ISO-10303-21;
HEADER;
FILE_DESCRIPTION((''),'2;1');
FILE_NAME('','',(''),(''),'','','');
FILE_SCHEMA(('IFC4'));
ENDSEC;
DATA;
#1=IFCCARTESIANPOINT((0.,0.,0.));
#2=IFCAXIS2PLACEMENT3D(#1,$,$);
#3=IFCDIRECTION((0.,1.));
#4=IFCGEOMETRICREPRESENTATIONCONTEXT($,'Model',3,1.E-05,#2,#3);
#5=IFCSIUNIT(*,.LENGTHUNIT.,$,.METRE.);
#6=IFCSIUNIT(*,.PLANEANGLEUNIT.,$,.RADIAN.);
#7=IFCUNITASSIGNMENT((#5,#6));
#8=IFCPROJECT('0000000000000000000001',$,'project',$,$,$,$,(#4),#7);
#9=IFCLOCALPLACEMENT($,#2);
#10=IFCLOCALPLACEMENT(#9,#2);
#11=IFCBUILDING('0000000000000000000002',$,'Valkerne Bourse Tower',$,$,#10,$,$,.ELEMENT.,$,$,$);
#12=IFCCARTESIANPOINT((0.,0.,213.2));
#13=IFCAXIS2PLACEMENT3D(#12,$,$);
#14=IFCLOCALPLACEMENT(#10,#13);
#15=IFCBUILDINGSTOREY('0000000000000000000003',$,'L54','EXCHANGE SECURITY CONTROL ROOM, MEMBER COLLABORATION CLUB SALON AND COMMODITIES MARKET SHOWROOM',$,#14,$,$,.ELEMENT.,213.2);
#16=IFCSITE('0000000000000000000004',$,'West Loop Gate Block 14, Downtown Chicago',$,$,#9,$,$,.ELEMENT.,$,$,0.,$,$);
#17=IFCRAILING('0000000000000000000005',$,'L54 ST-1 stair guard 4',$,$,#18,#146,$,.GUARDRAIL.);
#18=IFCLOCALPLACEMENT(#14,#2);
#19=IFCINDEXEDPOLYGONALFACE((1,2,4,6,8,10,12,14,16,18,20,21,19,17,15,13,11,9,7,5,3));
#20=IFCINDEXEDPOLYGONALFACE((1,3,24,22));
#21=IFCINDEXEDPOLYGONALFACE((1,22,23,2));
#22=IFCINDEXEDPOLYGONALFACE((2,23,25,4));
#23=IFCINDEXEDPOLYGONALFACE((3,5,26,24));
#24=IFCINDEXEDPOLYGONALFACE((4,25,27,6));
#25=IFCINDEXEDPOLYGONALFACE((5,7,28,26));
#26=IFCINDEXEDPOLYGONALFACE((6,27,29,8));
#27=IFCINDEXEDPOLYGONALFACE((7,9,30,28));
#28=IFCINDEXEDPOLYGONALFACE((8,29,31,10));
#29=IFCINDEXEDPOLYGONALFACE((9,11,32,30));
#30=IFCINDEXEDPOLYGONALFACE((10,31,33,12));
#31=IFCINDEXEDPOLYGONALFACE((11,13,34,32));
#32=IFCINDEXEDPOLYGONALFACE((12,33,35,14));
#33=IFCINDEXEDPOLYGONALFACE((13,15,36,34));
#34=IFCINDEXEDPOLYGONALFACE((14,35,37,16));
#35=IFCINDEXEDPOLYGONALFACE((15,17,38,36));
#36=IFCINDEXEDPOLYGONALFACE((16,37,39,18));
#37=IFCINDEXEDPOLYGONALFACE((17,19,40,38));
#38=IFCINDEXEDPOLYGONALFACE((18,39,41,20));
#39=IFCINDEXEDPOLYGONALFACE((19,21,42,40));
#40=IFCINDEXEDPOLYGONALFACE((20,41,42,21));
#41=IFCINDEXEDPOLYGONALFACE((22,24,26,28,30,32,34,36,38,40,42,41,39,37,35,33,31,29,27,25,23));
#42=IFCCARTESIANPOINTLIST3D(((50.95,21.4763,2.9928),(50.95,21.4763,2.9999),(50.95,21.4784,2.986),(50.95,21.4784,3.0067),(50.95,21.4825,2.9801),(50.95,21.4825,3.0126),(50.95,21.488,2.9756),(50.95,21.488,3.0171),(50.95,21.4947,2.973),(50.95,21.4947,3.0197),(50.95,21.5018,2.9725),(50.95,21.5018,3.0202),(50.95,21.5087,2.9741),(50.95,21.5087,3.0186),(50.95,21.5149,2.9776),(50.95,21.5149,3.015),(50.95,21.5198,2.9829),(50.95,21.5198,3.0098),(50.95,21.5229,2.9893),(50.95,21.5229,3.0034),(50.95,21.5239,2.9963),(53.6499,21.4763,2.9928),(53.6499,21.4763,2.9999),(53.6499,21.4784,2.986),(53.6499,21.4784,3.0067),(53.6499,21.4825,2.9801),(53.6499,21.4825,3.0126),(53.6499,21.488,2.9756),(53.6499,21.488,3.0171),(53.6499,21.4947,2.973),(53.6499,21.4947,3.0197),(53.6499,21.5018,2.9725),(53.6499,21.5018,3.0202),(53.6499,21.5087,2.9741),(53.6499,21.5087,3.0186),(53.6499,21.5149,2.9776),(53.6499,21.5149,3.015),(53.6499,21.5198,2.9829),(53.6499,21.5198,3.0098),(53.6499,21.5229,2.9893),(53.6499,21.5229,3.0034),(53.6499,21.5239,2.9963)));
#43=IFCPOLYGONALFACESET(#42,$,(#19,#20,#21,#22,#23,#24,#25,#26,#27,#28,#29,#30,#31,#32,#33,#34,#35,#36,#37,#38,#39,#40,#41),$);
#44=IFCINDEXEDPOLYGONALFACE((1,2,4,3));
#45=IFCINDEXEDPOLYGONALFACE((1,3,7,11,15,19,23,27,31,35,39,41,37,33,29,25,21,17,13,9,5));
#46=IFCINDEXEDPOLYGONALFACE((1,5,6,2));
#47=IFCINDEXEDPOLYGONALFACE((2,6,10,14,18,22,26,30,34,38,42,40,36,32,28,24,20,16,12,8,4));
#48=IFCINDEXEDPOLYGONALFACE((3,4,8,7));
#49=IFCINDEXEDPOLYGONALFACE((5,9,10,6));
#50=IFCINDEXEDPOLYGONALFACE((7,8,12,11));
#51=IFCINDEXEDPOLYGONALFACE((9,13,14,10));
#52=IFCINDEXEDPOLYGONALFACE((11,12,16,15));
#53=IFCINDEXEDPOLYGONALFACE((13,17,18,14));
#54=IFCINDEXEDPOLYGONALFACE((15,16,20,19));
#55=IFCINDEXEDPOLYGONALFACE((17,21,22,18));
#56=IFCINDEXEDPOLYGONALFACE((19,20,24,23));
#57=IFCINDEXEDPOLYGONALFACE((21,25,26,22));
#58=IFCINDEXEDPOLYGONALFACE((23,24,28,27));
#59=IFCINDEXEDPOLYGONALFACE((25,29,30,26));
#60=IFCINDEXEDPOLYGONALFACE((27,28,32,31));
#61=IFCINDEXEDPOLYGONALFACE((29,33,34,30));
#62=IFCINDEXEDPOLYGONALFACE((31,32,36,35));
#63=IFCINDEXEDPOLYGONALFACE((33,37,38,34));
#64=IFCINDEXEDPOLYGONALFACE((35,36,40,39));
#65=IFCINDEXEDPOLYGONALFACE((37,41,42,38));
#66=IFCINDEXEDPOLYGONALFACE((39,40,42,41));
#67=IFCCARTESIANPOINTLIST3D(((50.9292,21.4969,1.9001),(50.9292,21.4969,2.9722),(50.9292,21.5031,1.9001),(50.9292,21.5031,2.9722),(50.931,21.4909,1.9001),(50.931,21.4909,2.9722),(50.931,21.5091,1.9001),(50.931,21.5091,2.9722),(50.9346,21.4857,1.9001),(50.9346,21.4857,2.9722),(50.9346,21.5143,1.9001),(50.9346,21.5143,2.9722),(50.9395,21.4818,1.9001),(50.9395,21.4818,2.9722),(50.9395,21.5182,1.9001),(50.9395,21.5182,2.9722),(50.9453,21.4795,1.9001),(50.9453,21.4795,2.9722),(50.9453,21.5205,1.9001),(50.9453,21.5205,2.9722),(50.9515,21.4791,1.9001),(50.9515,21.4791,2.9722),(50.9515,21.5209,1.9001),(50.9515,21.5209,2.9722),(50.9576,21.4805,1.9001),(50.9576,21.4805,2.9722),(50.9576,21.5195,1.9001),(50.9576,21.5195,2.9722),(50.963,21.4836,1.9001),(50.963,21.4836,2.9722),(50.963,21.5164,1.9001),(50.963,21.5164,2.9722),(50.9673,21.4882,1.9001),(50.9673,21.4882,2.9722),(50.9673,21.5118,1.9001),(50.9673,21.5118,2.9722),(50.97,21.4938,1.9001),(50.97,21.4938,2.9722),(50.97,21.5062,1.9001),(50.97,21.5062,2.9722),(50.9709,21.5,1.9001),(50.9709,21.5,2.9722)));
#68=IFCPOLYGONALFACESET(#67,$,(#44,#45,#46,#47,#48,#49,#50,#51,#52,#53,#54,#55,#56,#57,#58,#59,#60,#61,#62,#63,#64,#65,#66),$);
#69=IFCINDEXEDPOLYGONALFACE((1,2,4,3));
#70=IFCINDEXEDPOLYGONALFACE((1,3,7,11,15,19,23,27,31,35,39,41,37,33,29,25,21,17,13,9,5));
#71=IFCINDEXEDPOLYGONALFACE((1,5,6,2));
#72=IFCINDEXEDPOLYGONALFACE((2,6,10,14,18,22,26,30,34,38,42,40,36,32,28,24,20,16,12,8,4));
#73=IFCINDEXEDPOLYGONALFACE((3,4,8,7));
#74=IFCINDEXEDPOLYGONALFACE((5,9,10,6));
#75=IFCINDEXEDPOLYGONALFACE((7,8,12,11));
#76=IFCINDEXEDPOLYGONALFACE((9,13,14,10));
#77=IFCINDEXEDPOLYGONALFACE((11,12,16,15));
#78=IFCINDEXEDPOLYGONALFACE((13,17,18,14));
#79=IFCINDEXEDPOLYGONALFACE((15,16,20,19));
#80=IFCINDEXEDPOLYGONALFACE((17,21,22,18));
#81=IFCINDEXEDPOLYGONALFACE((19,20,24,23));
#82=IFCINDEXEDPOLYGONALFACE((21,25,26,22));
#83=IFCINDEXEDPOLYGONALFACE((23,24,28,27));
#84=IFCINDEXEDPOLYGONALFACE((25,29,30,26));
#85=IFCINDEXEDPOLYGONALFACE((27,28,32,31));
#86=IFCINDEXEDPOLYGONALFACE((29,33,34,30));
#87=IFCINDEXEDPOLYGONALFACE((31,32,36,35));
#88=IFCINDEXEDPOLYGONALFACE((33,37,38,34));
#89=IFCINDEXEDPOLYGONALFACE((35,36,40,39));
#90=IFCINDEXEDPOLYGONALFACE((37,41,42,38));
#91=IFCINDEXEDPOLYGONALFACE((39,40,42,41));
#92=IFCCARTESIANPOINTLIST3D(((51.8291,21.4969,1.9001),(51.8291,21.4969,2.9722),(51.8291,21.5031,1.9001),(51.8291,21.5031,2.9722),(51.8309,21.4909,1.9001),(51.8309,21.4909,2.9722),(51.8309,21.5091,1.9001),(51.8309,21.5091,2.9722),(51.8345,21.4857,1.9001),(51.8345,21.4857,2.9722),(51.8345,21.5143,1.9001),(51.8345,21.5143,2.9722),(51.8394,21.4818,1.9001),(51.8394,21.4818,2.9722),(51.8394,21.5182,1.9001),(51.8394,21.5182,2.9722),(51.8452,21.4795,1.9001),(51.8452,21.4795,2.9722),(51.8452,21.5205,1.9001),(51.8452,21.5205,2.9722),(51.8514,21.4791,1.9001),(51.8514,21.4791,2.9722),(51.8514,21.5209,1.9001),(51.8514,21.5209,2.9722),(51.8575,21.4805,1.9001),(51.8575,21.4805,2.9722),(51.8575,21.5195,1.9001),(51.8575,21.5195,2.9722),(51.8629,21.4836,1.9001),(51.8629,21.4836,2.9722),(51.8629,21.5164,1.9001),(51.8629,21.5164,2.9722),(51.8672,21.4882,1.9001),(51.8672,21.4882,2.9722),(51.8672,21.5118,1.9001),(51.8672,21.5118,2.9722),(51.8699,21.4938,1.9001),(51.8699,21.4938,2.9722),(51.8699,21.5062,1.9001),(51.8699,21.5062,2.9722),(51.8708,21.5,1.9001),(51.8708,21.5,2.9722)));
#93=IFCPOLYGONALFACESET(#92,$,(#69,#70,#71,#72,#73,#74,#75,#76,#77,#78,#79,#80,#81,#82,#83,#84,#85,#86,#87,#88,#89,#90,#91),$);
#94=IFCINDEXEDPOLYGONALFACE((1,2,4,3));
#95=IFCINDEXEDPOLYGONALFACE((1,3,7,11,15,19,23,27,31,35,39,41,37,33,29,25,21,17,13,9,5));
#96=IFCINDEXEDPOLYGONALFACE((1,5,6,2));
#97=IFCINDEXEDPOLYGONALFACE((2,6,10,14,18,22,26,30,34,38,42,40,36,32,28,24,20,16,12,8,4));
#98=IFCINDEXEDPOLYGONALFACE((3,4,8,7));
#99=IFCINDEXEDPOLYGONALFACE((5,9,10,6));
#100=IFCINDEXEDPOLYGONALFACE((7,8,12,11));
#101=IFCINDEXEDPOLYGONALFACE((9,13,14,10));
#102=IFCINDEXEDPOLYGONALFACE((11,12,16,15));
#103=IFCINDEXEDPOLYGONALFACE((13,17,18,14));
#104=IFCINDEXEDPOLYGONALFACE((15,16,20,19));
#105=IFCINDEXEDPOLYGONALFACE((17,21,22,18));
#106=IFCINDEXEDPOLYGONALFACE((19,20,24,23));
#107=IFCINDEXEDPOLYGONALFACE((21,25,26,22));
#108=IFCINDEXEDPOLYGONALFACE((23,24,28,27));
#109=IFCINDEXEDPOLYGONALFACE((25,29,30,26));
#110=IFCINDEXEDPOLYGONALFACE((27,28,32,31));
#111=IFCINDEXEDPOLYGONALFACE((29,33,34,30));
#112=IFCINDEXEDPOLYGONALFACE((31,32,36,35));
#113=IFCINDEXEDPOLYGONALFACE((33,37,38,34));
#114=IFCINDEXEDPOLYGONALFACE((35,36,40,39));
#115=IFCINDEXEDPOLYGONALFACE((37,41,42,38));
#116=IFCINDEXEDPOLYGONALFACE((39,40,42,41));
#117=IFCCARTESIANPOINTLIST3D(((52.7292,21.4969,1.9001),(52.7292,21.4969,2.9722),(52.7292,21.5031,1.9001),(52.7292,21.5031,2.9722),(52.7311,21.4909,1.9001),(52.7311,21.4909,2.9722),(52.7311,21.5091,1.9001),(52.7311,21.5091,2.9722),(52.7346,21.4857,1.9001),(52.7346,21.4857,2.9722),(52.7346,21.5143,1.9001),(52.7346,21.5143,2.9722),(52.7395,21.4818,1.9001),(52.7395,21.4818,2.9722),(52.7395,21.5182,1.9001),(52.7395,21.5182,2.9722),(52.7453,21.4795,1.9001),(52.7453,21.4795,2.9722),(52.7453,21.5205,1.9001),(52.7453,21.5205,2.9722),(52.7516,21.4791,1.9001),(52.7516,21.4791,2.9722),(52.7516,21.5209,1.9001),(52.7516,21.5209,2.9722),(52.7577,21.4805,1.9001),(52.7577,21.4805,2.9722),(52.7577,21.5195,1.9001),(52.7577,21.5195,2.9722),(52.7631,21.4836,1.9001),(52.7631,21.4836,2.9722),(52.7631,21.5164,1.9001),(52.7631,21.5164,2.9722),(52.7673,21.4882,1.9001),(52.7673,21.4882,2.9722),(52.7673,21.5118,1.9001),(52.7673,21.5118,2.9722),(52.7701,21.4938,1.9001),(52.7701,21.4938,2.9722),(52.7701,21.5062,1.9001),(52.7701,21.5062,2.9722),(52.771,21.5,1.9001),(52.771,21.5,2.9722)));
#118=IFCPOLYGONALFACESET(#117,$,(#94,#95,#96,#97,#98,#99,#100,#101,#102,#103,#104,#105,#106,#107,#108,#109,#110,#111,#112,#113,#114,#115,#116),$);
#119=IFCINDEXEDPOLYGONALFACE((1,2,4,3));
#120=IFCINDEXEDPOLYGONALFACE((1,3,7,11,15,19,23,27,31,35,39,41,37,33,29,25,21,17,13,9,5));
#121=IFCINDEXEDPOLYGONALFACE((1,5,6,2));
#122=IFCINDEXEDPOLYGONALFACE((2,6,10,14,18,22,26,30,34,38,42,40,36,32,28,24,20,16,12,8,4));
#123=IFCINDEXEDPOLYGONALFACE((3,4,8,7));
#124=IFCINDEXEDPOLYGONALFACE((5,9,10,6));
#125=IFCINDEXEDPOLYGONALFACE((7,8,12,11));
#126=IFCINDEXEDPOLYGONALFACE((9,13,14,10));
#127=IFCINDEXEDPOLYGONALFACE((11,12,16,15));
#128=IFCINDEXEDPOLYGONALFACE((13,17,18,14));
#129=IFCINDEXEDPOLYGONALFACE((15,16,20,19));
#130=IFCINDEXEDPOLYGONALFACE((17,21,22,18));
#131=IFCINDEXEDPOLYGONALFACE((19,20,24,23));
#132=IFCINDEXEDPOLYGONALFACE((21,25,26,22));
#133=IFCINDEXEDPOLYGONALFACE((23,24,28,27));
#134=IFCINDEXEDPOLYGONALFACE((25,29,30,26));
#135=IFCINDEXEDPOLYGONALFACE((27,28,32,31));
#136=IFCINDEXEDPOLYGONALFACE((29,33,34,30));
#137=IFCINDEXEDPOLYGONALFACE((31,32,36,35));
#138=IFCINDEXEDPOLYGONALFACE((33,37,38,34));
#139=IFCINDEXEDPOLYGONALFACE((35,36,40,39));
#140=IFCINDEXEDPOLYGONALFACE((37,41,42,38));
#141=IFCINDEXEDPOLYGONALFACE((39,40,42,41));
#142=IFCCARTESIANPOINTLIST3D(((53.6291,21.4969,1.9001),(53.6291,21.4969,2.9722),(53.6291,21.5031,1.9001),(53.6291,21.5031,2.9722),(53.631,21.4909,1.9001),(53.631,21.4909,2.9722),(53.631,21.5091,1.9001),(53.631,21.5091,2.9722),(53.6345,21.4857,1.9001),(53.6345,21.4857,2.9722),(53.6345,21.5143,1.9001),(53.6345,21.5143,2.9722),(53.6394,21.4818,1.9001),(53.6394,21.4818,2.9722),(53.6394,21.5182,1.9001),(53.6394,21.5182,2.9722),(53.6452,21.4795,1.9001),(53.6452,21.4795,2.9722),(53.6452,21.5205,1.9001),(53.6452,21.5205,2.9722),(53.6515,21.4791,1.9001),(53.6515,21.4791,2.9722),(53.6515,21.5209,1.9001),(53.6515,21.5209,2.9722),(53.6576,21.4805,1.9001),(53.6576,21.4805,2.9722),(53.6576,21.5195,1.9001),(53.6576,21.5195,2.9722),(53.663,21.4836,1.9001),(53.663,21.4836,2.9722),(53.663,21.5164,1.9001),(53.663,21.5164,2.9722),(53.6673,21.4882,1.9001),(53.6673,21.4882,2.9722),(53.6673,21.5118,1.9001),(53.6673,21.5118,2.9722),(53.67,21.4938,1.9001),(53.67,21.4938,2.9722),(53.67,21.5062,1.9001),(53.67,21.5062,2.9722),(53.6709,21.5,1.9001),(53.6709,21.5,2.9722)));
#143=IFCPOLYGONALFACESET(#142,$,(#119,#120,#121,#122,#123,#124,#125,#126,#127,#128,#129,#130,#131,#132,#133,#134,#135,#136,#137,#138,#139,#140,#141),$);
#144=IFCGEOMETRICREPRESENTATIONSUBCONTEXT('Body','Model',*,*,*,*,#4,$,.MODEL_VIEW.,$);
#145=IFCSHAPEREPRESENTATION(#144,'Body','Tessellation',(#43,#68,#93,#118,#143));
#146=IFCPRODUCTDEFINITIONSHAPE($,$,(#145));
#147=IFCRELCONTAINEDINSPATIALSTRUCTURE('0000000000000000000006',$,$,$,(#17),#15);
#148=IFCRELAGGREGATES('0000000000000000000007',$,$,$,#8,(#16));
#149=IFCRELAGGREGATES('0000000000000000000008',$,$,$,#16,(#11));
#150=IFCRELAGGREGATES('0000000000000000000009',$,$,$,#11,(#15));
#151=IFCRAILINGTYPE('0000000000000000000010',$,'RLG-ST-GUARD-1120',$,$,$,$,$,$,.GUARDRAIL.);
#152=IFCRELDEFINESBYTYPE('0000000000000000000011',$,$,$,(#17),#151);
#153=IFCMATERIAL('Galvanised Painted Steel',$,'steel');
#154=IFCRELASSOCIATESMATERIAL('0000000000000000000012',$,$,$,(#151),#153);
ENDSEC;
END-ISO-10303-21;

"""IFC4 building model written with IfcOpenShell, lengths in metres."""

from ifc_helpers import new_model, si_unit, direction, frame, origin, origin_2d, place, context, subcontext, project, spatial, circle, extrude, material, type_object, element, save


model = new_model("IFC4")

# Units and contexts
model_context = context("Model", 3, precision=1e-05, world=origin(), true_north=direction((0.0, 1.0)))
body_context = subcontext(model_context, "Body", "Model", "MODEL_VIEW")
ifc_project = project(units=[si_unit("LENGTHUNIT", "METRE"), si_unit("PLANEANGLEUNIT", "RADIAN")], contexts=[model_context])

# Site, building, storey
site_placement = place(None, origin())
site = spatial("IfcSite", under=ifc_project, at=site_placement, Name="West Loop Gate Block 14, Downtown Chicago", CompositionType="ELEMENT", RefElevation=0.0)
building_placement = place(site_placement, origin())
building = spatial("IfcBuilding", under=site, at=building_placement, Name="Valkerne Bourse Tower", CompositionType="ELEMENT")
storey_placement = place(building_placement, frame((0.0, 0.0, 213.2)))
storey = spatial("IfcBuildingStorey", under=building, at=storey_placement, Name="L54", Description="EXCHANGE SECURITY CONTROL ROOM, MEMBER COLLABORATION CLUB SALON AND COMMODITIES MARKET SHOWROOM", CompositionType="ELEMENT", Elevation=213.2)

# Shared definitions
ifc_material_1 = material(Name="Galvanised Painted Steel", Category="steel")

# Railing
railing_type_1 = type_object("IfcRailingType", Name="RLG-ST-GUARD-1120", PredefinedType="GUARDRAIL", material=ifc_material_1)
for number, where, name in (
    (1, (50.95, 21.5, 1.9001), "L54 ST-1 stair guard 4"),
):
    element("IfcRailing", number, at=place(storey_placement, frame(where)), inside=storey, type_object=railing_type_1, Name=name, PredefinedType="GUARDRAIL", context=body_context, shape_type="SweptSolid", body=[
        extrude(circle(Radius=0.0239, at=origin_2d()), frame((0.0, 0.0, 1.0962), z_axis=(1.0, 0.0, 0.0), x_axis=(0.0, 1.0, 0.0)), (0.0, 0.0, 1.0), 2.7),
        extrude(circle(Radius=0.021, at=origin_2d()), origin(), (0.0, 0.0, 1.0), 1.072),
        extrude(circle(Radius=0.021, at=origin_2d()), frame((0.8999, 0.0, 0.0)), (0.0, 0.0, 1.0), 1.072),
        extrude(circle(Radius=0.021, at=origin_2d()), frame((1.8, 0.0, 0.0)), (0.0, 0.0, 1.0), 1.072),
        extrude(circle(Radius=0.021, at=origin_2d()), frame((2.7, 0.0, 0.0)), (0.0, 0.0, 1.0), 1.072),
    ])

save(model, "model.ifc")
